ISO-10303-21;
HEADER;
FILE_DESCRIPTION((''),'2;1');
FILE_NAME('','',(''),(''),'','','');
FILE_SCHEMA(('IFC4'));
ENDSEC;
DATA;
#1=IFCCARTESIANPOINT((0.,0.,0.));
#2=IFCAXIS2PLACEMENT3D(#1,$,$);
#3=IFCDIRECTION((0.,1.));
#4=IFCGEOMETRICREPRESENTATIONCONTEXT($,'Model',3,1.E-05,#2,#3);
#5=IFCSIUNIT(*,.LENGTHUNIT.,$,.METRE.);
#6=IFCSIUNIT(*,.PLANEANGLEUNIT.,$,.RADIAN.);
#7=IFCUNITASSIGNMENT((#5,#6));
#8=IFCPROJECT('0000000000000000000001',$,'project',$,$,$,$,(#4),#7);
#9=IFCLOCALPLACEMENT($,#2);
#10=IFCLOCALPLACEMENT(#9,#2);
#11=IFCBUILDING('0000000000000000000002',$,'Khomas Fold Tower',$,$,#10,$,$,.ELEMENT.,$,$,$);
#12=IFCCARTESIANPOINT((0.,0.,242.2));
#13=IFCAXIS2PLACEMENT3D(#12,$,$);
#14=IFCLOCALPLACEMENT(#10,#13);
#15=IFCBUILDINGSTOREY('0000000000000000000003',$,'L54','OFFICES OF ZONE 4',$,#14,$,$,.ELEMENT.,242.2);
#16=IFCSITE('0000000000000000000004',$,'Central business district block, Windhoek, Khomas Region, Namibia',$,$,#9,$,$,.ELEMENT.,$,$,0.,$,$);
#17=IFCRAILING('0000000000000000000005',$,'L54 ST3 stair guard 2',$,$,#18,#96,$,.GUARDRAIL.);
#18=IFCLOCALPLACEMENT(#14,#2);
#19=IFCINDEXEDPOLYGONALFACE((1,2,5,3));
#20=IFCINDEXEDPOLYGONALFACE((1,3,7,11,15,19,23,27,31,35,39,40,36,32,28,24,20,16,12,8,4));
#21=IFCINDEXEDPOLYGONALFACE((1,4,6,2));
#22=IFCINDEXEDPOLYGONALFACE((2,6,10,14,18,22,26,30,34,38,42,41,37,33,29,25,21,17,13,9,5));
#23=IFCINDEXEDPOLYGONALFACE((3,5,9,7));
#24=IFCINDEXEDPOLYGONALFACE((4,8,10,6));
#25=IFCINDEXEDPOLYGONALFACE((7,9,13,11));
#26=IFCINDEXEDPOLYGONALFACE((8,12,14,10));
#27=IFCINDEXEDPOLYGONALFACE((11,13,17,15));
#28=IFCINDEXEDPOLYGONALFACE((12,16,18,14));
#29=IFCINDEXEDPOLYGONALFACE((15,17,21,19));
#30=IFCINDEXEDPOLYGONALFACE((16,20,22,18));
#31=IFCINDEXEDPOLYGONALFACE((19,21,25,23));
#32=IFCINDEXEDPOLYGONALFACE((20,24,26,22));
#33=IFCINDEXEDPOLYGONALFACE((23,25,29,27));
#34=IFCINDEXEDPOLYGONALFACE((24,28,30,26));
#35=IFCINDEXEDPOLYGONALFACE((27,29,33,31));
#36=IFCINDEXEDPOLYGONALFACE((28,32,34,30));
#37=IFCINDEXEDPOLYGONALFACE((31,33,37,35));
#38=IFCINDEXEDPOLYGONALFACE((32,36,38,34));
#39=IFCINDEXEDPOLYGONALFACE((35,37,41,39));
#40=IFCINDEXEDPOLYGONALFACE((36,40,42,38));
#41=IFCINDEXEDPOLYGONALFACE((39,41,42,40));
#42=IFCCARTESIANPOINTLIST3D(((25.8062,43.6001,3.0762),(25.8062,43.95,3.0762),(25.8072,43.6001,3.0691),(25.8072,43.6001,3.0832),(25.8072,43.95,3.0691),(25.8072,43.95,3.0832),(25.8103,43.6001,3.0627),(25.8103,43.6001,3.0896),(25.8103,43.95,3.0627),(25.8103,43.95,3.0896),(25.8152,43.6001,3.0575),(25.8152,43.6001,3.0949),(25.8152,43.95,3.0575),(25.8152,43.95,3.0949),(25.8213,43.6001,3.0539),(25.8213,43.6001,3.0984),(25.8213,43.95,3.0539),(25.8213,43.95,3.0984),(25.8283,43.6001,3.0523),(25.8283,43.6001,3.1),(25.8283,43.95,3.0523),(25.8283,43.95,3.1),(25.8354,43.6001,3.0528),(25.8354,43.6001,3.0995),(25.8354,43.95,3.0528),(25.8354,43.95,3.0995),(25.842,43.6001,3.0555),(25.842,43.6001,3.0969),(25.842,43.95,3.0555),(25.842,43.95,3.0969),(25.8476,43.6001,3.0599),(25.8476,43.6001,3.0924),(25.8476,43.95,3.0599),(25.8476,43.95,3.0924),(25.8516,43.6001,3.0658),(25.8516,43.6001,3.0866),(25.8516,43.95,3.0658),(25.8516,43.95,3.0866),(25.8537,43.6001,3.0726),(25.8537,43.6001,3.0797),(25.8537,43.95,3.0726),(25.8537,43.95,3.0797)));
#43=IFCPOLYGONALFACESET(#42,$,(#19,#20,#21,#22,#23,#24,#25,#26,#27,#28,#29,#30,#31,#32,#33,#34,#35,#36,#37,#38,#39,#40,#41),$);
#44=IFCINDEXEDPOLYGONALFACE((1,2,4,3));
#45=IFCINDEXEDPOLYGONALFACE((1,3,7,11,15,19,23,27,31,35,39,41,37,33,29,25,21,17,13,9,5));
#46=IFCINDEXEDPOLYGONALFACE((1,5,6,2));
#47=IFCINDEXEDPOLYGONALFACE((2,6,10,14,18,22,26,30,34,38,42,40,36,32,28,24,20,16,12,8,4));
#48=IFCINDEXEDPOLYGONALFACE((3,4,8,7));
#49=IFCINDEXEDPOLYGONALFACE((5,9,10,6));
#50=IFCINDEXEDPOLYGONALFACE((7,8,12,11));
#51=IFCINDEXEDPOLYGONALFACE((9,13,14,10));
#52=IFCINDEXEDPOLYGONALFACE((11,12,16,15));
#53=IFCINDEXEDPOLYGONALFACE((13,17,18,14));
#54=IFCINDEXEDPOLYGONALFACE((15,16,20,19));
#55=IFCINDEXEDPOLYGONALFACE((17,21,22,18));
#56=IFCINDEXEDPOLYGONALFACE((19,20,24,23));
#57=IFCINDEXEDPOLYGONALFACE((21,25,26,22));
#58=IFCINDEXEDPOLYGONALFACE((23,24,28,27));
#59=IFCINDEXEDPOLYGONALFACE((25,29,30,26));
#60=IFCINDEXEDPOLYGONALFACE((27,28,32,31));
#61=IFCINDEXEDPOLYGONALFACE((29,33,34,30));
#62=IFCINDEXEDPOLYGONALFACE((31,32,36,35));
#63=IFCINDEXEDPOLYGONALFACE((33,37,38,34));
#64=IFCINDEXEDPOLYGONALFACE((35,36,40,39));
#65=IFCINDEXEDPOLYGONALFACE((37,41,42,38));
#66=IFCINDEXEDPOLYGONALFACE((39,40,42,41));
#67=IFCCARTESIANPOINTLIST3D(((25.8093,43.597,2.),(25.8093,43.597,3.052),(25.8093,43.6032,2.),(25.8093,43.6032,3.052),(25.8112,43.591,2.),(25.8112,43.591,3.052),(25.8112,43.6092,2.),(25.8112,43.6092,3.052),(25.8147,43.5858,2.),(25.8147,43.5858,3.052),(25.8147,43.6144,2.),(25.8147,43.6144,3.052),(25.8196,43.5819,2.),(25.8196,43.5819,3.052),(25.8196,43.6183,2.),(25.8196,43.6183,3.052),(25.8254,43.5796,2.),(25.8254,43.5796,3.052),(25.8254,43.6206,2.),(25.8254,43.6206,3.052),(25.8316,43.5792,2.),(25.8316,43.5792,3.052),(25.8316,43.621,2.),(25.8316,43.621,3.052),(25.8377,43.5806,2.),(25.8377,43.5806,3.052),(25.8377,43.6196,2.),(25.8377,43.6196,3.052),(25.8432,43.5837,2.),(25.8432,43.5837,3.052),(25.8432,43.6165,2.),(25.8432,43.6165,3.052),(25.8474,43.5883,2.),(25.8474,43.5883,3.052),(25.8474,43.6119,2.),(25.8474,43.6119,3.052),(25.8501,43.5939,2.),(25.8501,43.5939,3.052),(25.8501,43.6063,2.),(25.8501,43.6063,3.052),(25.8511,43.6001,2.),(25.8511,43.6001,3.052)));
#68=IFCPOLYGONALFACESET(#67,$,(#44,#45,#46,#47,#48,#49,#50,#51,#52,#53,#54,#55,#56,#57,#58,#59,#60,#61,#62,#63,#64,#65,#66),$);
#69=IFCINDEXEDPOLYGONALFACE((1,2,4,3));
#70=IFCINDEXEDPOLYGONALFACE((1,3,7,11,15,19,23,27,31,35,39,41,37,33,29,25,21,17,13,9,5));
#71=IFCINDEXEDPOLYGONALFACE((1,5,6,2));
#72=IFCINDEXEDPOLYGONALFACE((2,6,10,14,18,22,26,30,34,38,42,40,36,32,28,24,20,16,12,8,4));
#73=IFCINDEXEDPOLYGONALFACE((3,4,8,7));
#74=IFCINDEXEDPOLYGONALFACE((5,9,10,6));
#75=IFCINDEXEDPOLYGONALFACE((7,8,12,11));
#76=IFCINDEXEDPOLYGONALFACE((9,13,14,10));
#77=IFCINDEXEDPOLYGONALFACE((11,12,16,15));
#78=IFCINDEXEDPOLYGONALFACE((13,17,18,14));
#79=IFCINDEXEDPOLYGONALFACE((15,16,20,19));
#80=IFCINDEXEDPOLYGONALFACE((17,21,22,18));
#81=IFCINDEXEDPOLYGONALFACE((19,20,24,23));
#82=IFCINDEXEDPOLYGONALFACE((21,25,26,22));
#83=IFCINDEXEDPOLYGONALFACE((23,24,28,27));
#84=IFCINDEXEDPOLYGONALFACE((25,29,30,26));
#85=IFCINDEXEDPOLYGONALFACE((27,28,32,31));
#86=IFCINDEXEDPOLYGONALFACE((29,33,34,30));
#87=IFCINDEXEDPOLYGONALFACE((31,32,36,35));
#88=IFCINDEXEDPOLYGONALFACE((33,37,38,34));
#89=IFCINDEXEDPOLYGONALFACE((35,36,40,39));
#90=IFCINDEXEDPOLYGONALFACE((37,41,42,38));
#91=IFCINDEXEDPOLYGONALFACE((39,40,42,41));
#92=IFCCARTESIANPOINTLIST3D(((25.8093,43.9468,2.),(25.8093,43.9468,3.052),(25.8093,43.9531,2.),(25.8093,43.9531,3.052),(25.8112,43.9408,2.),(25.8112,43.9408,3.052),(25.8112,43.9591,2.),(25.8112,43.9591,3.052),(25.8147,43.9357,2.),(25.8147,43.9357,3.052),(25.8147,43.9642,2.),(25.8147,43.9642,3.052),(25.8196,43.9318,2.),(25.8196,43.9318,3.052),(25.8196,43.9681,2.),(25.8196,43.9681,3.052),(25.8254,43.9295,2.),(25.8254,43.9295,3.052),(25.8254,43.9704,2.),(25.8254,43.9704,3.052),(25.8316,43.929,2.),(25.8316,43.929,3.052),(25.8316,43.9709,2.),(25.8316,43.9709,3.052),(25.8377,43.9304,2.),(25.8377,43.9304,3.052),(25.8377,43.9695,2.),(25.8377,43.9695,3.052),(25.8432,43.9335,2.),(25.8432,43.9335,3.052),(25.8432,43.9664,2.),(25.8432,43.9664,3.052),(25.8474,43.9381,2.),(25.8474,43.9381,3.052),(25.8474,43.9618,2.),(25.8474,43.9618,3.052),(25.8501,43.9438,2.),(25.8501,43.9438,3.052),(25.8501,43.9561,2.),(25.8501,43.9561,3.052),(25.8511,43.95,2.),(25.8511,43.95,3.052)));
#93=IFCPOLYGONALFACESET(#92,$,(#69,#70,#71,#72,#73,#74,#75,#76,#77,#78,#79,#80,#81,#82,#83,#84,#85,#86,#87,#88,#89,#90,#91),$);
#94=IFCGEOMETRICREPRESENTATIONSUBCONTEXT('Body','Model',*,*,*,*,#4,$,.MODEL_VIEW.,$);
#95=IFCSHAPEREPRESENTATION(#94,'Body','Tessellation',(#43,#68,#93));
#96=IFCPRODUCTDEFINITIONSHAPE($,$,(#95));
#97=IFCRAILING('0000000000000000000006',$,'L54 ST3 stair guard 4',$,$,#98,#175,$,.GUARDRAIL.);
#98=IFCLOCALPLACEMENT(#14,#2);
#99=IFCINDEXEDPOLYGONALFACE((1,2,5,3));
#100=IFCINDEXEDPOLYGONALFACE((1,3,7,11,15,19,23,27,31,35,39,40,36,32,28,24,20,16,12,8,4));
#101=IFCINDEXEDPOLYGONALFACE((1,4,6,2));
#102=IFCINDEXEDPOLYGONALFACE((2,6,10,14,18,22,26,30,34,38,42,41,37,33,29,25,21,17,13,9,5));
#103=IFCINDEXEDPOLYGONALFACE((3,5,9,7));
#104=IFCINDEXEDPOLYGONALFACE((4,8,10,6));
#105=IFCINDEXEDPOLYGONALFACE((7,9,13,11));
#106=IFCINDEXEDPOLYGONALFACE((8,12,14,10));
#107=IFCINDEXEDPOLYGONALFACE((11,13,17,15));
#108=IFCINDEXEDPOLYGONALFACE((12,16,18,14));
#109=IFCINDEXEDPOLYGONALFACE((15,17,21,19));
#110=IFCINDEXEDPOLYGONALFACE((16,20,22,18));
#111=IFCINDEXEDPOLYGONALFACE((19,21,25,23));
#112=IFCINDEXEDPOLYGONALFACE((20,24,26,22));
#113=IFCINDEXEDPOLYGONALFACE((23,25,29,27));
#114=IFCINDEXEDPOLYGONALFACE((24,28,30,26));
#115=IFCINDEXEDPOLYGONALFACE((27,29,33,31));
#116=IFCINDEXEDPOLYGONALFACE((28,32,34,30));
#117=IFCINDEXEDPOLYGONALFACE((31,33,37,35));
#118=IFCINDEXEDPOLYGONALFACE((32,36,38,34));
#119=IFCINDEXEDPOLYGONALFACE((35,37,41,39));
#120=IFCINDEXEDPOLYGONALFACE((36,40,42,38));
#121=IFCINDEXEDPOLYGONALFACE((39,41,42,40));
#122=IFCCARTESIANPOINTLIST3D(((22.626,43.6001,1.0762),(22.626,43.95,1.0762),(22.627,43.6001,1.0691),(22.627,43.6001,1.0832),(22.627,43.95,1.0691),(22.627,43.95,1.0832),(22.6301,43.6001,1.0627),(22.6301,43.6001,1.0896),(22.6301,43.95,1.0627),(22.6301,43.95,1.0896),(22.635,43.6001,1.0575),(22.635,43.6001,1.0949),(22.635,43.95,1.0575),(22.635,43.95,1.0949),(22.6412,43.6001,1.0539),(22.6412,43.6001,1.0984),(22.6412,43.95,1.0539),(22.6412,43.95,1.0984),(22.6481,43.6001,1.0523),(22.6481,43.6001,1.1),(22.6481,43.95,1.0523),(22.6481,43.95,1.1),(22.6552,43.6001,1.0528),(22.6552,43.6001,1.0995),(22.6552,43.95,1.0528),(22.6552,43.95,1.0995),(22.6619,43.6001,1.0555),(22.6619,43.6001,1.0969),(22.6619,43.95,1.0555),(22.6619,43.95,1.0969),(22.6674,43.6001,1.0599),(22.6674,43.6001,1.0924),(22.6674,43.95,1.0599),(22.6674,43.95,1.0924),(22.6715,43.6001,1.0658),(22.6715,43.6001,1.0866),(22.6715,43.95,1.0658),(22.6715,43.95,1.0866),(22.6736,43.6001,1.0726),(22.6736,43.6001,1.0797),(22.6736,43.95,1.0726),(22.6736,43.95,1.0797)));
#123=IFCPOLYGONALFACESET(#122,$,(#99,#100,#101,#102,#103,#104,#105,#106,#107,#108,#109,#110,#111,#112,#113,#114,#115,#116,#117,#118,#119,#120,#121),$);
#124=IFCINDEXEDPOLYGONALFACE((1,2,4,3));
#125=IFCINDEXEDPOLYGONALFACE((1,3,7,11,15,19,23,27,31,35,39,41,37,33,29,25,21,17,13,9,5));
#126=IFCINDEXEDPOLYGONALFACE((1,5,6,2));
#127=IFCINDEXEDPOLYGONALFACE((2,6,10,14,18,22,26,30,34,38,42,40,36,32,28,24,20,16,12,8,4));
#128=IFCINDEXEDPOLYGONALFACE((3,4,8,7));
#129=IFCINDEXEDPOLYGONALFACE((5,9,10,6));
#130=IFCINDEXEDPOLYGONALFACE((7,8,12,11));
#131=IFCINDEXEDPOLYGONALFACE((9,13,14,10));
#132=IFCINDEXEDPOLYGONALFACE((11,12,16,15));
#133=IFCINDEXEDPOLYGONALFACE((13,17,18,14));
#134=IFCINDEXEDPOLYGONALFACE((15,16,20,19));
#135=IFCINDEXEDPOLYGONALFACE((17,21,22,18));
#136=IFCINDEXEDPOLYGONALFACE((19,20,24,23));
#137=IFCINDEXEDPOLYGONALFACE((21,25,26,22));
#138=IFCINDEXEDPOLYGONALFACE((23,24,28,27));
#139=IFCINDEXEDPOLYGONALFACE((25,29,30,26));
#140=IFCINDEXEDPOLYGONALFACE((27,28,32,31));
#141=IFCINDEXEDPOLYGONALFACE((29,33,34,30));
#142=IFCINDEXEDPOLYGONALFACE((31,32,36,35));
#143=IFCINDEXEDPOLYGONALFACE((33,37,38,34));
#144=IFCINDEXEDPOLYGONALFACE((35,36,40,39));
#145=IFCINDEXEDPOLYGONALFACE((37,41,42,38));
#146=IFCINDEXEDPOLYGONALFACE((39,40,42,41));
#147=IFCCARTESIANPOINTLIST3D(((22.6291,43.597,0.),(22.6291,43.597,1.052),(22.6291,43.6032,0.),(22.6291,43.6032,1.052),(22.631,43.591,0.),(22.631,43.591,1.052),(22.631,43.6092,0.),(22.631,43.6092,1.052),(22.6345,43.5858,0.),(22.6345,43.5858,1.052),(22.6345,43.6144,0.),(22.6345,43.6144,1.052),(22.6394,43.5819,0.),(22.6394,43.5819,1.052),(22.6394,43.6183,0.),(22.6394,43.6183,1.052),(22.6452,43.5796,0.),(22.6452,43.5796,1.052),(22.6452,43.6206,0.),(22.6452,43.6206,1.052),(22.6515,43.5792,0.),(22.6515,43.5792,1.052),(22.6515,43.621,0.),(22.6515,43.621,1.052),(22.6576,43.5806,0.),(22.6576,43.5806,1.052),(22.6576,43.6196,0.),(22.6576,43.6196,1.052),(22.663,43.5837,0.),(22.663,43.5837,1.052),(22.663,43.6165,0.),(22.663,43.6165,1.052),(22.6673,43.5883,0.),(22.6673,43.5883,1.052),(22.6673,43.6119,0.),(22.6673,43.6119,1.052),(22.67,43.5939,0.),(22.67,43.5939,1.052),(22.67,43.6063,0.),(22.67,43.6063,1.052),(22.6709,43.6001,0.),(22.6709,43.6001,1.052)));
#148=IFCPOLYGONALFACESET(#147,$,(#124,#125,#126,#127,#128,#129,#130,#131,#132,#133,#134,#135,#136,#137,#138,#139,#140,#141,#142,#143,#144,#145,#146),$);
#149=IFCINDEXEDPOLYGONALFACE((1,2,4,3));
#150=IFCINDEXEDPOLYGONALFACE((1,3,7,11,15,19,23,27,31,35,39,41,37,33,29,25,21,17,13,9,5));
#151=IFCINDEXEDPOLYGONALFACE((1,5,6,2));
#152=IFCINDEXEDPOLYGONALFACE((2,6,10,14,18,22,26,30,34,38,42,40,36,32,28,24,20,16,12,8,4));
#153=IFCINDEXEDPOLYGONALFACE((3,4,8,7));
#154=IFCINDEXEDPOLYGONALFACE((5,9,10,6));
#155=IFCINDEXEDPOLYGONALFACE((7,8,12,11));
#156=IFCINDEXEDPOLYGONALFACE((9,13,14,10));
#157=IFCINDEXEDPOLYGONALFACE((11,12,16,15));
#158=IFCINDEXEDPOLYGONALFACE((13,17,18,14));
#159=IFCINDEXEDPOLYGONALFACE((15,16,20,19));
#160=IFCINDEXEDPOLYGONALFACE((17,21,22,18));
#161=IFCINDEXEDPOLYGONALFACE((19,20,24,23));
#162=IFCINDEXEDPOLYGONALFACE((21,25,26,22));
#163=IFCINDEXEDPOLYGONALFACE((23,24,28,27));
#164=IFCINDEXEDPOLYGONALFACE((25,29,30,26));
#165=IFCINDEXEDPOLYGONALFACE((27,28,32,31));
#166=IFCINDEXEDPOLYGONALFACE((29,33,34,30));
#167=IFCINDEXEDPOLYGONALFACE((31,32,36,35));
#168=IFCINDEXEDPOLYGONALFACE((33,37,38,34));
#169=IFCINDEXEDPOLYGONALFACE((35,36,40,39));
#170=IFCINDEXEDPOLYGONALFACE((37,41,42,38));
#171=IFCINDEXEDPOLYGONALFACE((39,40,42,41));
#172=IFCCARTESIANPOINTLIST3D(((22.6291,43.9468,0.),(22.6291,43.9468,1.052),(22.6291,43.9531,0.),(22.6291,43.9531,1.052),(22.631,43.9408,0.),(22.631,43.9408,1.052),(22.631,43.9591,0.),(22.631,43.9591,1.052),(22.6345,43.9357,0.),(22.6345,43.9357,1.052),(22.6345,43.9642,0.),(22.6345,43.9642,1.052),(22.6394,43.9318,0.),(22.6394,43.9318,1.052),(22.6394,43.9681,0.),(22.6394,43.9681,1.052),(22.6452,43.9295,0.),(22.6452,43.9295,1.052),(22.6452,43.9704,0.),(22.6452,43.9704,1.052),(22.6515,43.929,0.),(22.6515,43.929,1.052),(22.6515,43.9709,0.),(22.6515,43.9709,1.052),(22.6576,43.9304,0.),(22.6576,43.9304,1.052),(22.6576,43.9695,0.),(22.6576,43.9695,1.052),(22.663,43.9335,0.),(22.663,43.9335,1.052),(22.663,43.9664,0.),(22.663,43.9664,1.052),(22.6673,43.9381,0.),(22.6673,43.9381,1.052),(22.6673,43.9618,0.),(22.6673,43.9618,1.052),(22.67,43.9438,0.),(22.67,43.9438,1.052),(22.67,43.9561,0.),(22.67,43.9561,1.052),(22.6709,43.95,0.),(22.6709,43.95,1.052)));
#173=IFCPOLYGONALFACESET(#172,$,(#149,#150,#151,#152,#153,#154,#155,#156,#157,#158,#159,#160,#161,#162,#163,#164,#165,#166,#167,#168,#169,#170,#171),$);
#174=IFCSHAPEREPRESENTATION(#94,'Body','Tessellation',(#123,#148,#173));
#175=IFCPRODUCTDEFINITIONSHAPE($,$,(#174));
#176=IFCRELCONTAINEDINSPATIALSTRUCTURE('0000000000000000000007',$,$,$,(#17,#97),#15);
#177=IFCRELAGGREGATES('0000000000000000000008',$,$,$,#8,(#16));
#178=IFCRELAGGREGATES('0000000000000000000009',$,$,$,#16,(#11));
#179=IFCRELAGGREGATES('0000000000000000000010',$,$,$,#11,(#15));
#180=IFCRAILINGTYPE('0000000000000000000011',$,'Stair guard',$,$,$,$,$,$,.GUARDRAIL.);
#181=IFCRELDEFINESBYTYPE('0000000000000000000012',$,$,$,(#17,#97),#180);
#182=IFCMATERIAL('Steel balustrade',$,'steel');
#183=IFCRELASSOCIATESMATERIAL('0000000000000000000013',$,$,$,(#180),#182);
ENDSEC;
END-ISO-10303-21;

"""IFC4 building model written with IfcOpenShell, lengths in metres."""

from ifc_helpers import new_model, si_unit, direction, frame, origin, origin_2d, place, context, subcontext, project, spatial, circle, extrude, source, transform, mapped, material, type_object, element, save


model = new_model("IFC4")

# Units and contexts
model_context = context("Model", 3, precision=1e-05, world=origin(), true_north=direction((0.0, 1.0)))
body_context = subcontext(model_context, "Body", "Model", "MODEL_VIEW")
ifc_project = project(units=[si_unit("LENGTHUNIT", "METRE"), si_unit("PLANEANGLEUNIT", "RADIAN")], contexts=[model_context])

# Site, building, storey
site_placement = place(None, origin())
site = spatial("IfcSite", under=ifc_project, at=site_placement, Name="Central business district block, Windhoek, Khomas Region, Namibia", CompositionType="ELEMENT", RefElevation=0.0)
building_placement = place(site_placement, origin())
building = spatial("IfcBuilding", under=site, at=building_placement, Name="Khomas Fold Tower", CompositionType="ELEMENT")
storey_placement = place(building_placement, frame((0.0, 0.0, 242.2)))
storey = spatial("IfcBuildingStorey", under=building, at=storey_placement, Name="L54", Description="OFFICES OF ZONE 4", CompositionType="ELEMENT", Elevation=242.2)

# Railings
ifc_material_1 = material(Name="Steel balustrade", Category="steel")
railing_type_1 = type_object("IfcRailingType", Name="Stair guard", PredefinedType="GUARDRAIL", material=ifc_material_1)
shared_shape_1 = source(origin(), body_context, "Body", "SweptSolid", [
    extrude(circle(Radius=0.0239, at=origin_2d()), frame((0.0, 0.0, 1.0762), z_axis=(0.0, 1.0, 0.0), x_axis=(-1.0, 0.0, 0.0)), (0.0, 0.0, 1.0), 0.3499),
    extrude(circle(Radius=0.021, at=origin_2d()), origin(), (0.0, 0.0, 1.0), 1.052),
    extrude(circle(Radius=0.021, at=origin_2d()), frame((0.0, 0.3499, 0.0)), (0.0, 0.0, 1.0), 1.052),
])
for number, where, name in (
    (1, (25.8301, 43.6001, 2.0), "L54 ST3 stair guard 2"),
    (2, (22.6499, 43.6001, 0.0), "L54 ST3 stair guard 4"),
):
    element("IfcRailing", number, at=place(storey_placement, frame(where)), inside=storey, type_object=railing_type_1, Name=name, PredefinedType="GUARDRAIL", context=body_context, shape_type="MappedRepresentation", body=[
        mapped(shared_shape_1, transform((0.0, 0.0, 0.0))),
    ])

save(model, "model.ifc")
